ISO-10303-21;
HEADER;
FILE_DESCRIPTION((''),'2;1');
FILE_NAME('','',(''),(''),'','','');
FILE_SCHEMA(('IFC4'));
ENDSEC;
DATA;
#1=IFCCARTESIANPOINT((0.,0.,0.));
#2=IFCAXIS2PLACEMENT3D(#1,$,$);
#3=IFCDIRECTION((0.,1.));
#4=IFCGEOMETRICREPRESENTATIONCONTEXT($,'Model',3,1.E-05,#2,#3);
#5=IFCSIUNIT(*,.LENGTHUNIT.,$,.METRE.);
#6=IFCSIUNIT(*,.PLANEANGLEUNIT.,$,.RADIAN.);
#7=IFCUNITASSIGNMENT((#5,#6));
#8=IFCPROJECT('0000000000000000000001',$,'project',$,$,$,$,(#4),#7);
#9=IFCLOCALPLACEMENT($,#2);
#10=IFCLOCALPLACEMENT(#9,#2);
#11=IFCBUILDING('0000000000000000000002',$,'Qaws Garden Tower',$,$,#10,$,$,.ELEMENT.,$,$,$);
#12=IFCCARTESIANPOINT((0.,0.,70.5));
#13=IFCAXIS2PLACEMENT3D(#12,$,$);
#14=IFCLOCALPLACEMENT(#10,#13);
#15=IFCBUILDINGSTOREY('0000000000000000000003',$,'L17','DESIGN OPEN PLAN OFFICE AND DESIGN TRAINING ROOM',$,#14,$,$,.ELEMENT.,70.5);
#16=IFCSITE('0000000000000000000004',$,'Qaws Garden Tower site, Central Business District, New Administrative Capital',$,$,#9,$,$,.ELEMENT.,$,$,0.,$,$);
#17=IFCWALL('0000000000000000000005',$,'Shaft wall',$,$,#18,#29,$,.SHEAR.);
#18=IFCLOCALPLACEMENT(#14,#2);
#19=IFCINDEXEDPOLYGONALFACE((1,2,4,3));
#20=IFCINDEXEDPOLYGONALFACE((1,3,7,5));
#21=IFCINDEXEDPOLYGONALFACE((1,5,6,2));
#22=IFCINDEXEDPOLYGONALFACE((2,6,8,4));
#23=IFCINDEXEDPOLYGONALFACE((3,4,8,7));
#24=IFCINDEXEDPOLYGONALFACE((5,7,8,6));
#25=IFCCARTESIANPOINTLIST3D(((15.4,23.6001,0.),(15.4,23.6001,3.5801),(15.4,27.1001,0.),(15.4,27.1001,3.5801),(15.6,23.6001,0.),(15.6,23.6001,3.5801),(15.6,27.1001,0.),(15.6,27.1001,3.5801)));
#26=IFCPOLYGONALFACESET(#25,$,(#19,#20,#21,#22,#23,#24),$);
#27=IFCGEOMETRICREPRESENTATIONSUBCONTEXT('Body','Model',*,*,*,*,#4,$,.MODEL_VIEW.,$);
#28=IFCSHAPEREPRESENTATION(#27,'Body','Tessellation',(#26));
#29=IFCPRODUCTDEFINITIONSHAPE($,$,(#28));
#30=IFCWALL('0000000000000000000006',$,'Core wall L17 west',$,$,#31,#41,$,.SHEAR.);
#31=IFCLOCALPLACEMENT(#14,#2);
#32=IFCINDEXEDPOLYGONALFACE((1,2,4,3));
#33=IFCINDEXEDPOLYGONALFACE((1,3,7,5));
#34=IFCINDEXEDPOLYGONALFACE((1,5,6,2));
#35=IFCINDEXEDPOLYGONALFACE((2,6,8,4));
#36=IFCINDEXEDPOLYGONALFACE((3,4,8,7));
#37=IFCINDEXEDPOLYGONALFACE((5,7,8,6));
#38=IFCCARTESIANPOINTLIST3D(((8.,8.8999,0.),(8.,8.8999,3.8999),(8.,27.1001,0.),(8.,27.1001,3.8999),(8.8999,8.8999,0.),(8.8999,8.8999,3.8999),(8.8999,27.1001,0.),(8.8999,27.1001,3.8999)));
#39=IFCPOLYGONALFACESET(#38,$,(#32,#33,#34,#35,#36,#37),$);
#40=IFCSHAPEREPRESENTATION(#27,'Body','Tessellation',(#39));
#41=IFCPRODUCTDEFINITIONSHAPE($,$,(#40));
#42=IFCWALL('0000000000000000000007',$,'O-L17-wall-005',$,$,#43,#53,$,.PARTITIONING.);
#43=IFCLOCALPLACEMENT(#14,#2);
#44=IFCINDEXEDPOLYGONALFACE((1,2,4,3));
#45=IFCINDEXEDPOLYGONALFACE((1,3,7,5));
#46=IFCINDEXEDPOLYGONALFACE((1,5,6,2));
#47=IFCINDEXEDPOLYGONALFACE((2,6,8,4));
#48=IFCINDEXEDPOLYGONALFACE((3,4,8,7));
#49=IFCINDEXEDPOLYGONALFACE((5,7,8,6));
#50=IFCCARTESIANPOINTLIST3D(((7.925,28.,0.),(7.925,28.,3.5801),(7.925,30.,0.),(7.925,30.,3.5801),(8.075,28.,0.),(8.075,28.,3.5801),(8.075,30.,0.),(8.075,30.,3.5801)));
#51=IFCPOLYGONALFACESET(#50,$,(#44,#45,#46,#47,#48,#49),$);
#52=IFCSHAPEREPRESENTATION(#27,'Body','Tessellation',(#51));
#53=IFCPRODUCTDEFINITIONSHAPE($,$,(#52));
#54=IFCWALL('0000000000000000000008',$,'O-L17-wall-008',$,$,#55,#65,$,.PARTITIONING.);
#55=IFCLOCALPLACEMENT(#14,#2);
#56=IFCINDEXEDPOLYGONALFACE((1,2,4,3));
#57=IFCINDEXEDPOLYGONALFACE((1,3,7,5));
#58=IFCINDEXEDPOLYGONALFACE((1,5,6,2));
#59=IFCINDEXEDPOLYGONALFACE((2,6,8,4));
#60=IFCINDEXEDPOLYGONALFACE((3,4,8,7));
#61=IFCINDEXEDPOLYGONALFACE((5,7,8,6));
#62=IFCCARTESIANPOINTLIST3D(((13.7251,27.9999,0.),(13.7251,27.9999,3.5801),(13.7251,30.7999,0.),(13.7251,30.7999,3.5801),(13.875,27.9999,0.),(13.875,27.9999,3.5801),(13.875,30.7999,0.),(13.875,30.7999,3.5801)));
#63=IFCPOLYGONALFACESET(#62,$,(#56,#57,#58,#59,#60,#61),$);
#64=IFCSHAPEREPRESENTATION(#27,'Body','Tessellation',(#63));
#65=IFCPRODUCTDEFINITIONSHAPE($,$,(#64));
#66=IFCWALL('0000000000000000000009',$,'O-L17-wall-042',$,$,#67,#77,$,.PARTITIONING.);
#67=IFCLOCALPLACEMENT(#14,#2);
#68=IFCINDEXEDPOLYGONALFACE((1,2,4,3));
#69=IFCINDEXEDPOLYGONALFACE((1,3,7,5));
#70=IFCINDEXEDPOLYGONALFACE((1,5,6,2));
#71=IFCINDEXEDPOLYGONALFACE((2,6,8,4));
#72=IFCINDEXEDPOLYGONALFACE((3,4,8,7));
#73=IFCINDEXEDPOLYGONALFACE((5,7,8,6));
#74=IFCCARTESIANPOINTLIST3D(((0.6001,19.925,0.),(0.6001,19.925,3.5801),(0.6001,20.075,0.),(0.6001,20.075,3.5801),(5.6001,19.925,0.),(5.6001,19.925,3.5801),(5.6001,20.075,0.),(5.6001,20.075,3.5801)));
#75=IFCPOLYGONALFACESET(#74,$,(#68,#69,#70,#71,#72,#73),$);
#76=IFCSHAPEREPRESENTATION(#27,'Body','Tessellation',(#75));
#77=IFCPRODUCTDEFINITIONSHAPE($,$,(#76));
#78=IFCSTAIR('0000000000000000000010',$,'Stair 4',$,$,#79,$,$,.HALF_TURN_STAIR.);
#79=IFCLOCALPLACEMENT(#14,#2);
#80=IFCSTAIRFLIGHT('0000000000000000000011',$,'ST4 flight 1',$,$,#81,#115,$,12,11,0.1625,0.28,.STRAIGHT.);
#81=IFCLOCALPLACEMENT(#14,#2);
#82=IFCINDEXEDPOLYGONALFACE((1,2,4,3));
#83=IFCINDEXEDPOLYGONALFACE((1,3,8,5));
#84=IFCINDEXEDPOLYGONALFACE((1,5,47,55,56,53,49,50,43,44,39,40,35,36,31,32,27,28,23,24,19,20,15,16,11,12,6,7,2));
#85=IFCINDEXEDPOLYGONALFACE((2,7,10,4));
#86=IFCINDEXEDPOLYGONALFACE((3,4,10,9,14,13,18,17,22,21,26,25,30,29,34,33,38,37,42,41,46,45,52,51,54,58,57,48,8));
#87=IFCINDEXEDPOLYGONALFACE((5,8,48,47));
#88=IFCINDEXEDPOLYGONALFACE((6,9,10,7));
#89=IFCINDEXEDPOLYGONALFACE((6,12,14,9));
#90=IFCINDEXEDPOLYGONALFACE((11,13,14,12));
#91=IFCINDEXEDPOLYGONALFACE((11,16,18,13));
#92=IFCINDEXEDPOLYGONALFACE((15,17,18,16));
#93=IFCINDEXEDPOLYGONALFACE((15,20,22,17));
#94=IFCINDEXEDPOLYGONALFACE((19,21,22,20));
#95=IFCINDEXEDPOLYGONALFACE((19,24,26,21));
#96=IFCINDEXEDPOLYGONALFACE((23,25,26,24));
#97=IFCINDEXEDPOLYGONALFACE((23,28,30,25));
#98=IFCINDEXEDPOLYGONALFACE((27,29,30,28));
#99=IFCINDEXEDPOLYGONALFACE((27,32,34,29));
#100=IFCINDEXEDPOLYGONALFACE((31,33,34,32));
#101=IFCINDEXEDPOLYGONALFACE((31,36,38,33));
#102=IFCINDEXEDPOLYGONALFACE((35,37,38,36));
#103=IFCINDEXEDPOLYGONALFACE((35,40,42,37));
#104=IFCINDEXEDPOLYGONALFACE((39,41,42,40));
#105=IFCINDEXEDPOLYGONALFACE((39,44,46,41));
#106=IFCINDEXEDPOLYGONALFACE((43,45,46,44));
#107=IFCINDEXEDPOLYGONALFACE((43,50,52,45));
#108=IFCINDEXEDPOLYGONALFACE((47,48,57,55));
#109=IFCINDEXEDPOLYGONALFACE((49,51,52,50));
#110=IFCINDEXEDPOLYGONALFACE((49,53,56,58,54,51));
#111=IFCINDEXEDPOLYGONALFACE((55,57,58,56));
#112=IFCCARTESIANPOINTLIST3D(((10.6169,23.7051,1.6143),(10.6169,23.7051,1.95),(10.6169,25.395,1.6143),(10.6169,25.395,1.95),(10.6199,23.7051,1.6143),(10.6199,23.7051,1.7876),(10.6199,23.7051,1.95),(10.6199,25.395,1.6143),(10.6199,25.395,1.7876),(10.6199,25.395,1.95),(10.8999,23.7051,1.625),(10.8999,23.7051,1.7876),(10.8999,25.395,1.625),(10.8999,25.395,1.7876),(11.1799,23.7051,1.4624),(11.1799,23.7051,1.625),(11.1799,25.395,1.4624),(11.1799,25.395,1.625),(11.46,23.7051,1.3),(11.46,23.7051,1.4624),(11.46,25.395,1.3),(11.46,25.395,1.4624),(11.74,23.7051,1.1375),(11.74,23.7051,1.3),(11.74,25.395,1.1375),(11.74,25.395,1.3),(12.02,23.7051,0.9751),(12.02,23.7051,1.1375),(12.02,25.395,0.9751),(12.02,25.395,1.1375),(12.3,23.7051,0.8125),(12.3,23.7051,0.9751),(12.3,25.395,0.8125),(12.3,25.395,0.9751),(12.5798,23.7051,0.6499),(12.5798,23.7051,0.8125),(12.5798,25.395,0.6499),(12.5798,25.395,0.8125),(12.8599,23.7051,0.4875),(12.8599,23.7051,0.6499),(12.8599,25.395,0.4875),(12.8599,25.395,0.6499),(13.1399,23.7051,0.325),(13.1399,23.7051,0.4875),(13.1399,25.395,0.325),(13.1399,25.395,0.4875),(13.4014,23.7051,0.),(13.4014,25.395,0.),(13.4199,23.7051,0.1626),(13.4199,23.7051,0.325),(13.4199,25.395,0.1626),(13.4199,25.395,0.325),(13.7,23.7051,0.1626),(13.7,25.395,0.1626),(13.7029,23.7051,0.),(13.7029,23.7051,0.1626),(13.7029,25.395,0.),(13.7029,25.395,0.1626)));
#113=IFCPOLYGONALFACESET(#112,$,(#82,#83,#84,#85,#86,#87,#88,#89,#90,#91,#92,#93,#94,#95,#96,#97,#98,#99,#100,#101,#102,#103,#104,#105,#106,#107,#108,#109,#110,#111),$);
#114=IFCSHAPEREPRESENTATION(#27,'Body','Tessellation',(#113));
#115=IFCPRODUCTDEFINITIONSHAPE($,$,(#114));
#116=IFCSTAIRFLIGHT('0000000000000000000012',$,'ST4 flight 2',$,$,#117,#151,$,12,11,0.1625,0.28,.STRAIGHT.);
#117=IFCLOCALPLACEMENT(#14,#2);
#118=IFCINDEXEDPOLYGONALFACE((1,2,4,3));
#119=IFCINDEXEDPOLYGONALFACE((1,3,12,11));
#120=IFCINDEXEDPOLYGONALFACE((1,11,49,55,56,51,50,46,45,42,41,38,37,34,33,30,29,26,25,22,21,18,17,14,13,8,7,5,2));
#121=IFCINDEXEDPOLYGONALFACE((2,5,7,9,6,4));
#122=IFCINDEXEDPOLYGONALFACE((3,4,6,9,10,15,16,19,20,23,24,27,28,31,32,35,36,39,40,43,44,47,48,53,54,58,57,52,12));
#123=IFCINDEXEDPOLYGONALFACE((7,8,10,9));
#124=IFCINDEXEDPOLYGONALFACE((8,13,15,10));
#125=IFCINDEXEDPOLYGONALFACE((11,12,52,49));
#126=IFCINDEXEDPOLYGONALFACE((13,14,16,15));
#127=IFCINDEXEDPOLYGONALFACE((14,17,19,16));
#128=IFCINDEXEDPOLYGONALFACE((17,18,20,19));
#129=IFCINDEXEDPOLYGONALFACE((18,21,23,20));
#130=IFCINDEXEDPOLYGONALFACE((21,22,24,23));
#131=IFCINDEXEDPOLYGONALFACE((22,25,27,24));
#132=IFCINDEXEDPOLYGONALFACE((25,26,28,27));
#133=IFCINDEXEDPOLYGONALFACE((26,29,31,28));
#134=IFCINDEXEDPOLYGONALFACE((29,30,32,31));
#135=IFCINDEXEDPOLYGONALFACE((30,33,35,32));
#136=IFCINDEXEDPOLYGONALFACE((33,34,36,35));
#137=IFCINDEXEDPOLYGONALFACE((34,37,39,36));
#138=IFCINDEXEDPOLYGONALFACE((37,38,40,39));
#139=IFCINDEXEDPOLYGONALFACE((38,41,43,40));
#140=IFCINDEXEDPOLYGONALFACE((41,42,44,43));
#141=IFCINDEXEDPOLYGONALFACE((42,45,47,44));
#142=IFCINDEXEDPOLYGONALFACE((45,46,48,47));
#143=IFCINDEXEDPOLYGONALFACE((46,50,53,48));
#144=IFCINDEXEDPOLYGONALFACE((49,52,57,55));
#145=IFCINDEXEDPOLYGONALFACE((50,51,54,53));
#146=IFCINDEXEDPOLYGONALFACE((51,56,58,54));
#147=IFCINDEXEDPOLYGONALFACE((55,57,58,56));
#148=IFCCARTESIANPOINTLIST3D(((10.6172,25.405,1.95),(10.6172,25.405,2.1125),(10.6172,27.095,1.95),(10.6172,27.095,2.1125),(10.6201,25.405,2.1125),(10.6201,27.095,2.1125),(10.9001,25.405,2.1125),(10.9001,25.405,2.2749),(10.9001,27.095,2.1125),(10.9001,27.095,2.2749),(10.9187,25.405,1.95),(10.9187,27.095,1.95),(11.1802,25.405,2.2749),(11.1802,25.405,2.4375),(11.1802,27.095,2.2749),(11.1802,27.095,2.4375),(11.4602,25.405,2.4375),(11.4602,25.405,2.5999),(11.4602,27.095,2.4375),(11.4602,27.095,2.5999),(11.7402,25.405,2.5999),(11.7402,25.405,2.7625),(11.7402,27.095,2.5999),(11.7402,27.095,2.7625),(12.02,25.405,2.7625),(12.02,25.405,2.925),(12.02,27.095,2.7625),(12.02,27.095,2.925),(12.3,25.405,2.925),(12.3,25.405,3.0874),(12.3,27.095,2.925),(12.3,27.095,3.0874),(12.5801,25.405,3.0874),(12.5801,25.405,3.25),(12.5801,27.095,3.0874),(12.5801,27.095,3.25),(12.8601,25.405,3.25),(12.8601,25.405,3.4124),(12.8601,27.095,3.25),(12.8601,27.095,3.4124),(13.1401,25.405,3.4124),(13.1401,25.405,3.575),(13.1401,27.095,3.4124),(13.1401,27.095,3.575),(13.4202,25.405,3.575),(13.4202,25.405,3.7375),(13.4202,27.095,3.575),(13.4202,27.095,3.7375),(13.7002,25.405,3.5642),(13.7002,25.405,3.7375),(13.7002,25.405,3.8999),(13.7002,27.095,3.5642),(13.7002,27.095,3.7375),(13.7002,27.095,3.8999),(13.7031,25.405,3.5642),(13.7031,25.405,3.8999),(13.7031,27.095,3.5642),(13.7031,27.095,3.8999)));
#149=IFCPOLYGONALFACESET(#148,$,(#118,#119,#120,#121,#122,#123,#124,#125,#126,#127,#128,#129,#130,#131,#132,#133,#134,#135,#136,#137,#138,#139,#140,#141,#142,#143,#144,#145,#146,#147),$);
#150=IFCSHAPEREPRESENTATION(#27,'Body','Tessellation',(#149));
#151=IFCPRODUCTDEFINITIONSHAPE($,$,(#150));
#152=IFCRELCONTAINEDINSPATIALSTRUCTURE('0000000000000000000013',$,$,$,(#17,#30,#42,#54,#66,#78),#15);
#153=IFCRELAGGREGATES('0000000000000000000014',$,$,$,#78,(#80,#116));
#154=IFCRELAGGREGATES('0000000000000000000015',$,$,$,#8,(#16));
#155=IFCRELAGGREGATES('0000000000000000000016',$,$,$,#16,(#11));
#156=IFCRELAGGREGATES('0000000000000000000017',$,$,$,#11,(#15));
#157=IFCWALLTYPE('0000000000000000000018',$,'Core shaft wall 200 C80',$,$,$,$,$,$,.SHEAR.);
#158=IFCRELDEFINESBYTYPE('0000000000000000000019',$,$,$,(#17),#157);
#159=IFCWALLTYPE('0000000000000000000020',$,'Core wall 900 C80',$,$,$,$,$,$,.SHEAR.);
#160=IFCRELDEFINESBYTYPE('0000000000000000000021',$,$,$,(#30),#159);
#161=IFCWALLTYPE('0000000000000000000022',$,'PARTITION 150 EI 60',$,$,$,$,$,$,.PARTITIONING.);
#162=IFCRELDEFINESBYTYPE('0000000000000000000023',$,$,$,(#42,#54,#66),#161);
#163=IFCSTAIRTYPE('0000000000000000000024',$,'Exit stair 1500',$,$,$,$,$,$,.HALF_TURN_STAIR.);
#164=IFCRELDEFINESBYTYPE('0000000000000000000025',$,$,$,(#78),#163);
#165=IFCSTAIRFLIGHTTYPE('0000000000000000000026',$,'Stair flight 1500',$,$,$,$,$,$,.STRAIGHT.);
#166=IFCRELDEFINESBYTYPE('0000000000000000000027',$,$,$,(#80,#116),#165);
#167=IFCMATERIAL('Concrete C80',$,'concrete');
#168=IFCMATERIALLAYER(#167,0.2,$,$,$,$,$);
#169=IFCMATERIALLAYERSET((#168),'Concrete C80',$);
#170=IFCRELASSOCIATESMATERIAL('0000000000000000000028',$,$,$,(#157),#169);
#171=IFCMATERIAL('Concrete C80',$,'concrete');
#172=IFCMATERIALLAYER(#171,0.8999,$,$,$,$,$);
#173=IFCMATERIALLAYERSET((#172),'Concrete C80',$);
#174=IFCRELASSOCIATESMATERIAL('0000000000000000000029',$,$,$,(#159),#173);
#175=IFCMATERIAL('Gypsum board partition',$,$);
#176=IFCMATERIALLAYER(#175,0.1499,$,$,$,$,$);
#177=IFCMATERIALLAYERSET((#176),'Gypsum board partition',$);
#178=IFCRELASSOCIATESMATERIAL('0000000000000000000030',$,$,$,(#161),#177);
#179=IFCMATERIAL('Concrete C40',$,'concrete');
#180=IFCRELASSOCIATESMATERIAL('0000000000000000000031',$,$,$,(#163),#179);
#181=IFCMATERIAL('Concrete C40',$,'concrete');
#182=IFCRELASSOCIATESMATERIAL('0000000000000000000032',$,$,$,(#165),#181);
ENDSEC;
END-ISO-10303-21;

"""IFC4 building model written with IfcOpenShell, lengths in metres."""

from ifc_helpers import new_model, si_unit, direction, frame, frame_2d, origin, place, context, subcontext, project, spatial, polyline, rectangle, outline, extrude, material, layer, layer_set, type_object, element, aggregate, save


model = new_model("IFC4")

# Units and contexts
model_context = context("Model", 3, precision=1e-05, world=origin(), true_north=direction((0.0, 1.0)))
body_context = subcontext(model_context, "Body", "Model", "MODEL_VIEW")
ifc_project = project(units=[si_unit("LENGTHUNIT", "METRE"), si_unit("PLANEANGLEUNIT", "RADIAN")], contexts=[model_context])

# Site, building, storey
site_placement = place(None, origin())
site = spatial("IfcSite", under=ifc_project, at=site_placement, Name="Qaws Garden Tower site, Central Business District, New Administrative Capital", CompositionType="ELEMENT", RefElevation=0.0)
building_placement = place(site_placement, origin())
building = spatial("IfcBuilding", under=site, at=building_placement, Name="Qaws Garden Tower", CompositionType="ELEMENT")
storey_placement = place(building_placement, frame((0.0, 0.0, 70.5)))
storey = spatial("IfcBuildingStorey", under=building, at=storey_placement, Name="L17", Description="DESIGN OPEN PLAN OFFICE AND DESIGN TRAINING ROOM", CompositionType="ELEMENT", Elevation=70.5)

# Shared definitions
ifc_material_1 = material(Name="Concrete C80", Category="concrete")
ifc_layer_1 = layer(ifc_material_1, 0.2)
ifc_layer_set_1 = layer_set([ifc_layer_1], Name="Concrete C80")
wall_type_1 = type_object("IfcWallType", Name="Core shaft wall 200 C80", PredefinedType="SHEAR", material=ifc_layer_set_1)

# Walls
wall_1_placement = place(storey_placement, frame((15.5, 23.6001, 0.0), z_axis=(0.0, 0.0, 1.0), x_axis=(0.0, 1.0, 0.0)))
element("IfcWall", 1, at=wall_1_placement, inside=storey, type_object=wall_type_1, Name="Shaft wall", PredefinedType="SHEAR", context=body_context, shape_type="SweptSolid", body=[
    extrude(rectangle(XDim=3.5, YDim=0.2, at=frame_2d((1.75, 0.0))), origin(), (0.0, 0.0, 1.0), 3.5801),
])
ifc_material_2 = material(Name="Concrete C80", Category="concrete")
ifc_layer_2 = layer(ifc_material_2, 0.8999)
ifc_layer_set_2 = layer_set([ifc_layer_2], Name="Concrete C80")
wall_type_2 = type_object("IfcWallType", Name="Core wall 900 C80", PredefinedType="SHEAR", material=ifc_layer_set_2)
wall_2_placement = place(storey_placement, frame((8.45, 27.1001, 0.0), z_axis=(0.0, 0.0, 1.0), x_axis=(0.0, -1.0, 0.0)))
element("IfcWall", 2, at=wall_2_placement, inside=storey, type_object=wall_type_2, Name="Core wall L17 west", PredefinedType="SHEAR", context=body_context, shape_type="SweptSolid", body=[
    extrude(rectangle(XDim=18.2002, YDim=0.8999, at=frame_2d((9.1001, 0.0))), origin(), (0.0, 0.0, 1.0), 3.8999),
])
ifc_material_3 = material(Name="Gypsum board partition")
ifc_layer_3 = layer(ifc_material_3, 0.1499)
ifc_layer_set_3 = layer_set([ifc_layer_3], Name="Gypsum board partition")
wall_type_3 = type_object("IfcWallType", Name="PARTITION 150 EI 60", PredefinedType="PARTITIONING", material=ifc_layer_set_3)
wall_3_placement = place(storey_placement, frame((8.0, 28.0, 0.0), z_axis=(0.0, 0.0, 1.0), x_axis=(0.0, 1.0, 0.0)))
element("IfcWall", 3, at=wall_3_placement, inside=storey, type_object=wall_type_3, Name="O-L17-wall-005", PredefinedType="PARTITIONING", context=body_context, shape_type="SweptSolid", body=[
    extrude(rectangle(XDim=2.0, YDim=0.1499, at=frame_2d((1.0, 0.0))), origin(), (0.0, 0.0, 1.0), 3.5801),
])
wall_4_placement = place(storey_placement, frame((13.8, 28.0, 0.0), z_axis=(0.0, 0.0, 1.0), x_axis=(0.0, 1.0, 0.0)))
element("IfcWall", 4, at=wall_4_placement, inside=storey, type_object=wall_type_3, Name="O-L17-wall-008", PredefinedType="PARTITIONING", context=body_context, shape_type="SweptSolid", body=[
    extrude(rectangle(XDim=2.8, YDim=0.1499, at=frame_2d((1.3999, 0.0))), origin(), (0.0, 0.0, 1.0), 3.5801),
])
wall_5_placement = place(storey_placement, frame((0.6001, 20.0, 0.0), z_axis=(0.0, 0.0, 1.0), x_axis=(1.0, 0.0, 0.0)))
element("IfcWall", 5, at=wall_5_placement, inside=storey, type_object=wall_type_3, Name="O-L17-wall-042", PredefinedType="PARTITIONING", context=body_context, shape_type="SweptSolid", body=[
    extrude(rectangle(XDim=5.0, YDim=0.1499, at=frame_2d((2.5, 0.0))), origin(), (0.0, 0.0, 1.0), 3.5801),
])

# Stair, stair flights
ifc_material_4 = material(Name="Concrete C40", Category="concrete")
stair_type = type_object("IfcStairType", Name="Exit stair 1500", PredefinedType="HALF_TURN_STAIR", material=ifc_material_4)
stair_placement = place(storey_placement, origin())
stair = element("IfcStair", 6, at=stair_placement, inside=storey, type_object=stair_type, Name="Stair 4", PredefinedType="HALF_TURN_STAIR")
ifc_material_5 = material(Name="Concrete C40", Category="concrete")
stair_flight_type = type_object("IfcStairFlightType", Name="Stair flight 1500", PredefinedType="STRAIGHT", material=ifc_material_5)
stair_flight_1_placement = place(storey_placement, frame((13.7, 24.55, 0.0), z_axis=(0.0, 0.0, 1.0), x_axis=(-1.0, 0.0, 0.0)))
stair_flight_1 = element("IfcStairFlight", 7, at=stair_flight_1_placement, type_object=stair_flight_type, Name="ST4 flight 1", NumberOfRisers=12, NumberOfTreads=11, PredefinedType="STRAIGHT", RiserHeight=0.1625, TreadLength=0.28, context=body_context, shape_type="SweptSolid", body=[
    extrude(outline(polyline([(-0.0029, 0.0), (-0.0029, 0.1626), (0.0, 0.1626), (0.28, 0.1626), (0.28, 0.325), (0.5601, 0.325), (0.5601, 0.4875), (0.8401, 0.4875), (0.8401, 0.6499), (1.1201, 0.6499), (1.1201, 0.8125), (1.3999, 0.8125), (1.3999, 0.9751), (1.6799, 0.9751), (1.6799, 1.1375), (1.96, 1.1375), (1.96, 1.3), (2.24, 1.3), (2.24, 1.4624), (2.52, 1.4624), (2.52, 1.625), (2.8, 1.625), (2.8, 1.7876), (3.0801, 1.7876), (3.0801, 1.95), (3.083, 1.95), (3.083, 1.6143), (3.0801, 1.6143), (0.2986, 0.0), (-0.0029, 0.0)])), frame((0.0, 0.845, 0.0), z_axis=(0.0, -1.0, 0.0), x_axis=(1.0, 0.0, 0.0)), (0.0, 0.0, 1.0), 1.6899),
])
stair_flight_2_placement = place(storey_placement, frame((10.6201, 26.25, 1.95), z_axis=(0.0, 0.0, 1.0), x_axis=(1.0, 0.0, 0.0)))
stair_flight_2 = element("IfcStairFlight", 8, at=stair_flight_2_placement, type_object=stair_flight_type, Name="ST4 flight 2", NumberOfRisers=12, NumberOfTreads=11, PredefinedType="STRAIGHT", RiserHeight=0.1625, TreadLength=0.28, context=body_context, shape_type="SweptSolid", body=[
    extrude(outline(polyline([(-0.0029, 0.0), (-0.0029, 0.1626), (0.0, 0.1626), (0.28, 0.1626), (0.28, 0.325), (0.5601, 0.325), (0.5601, 0.4875), (0.8401, 0.4875), (0.8401, 0.6499), (1.1201, 0.6499), (1.1201, 0.8125), (1.3999, 0.8125), (1.3999, 0.9751), (1.6799, 0.9751), (1.6799, 1.1375), (1.96, 1.1375), (1.96, 1.3), (2.24, 1.3), (2.24, 1.4624), (2.52, 1.4624), (2.52, 1.625), (2.8, 1.625), (2.8, 1.7876), (3.0801, 1.7876), (3.0801, 1.95), (3.083, 1.95), (3.083, 1.6143), (3.0801, 1.6143), (0.2986, 0.0), (-0.0029, 0.0)])), frame((0.0, 0.845, 0.0), z_axis=(0.0, -1.0, 0.0), x_axis=(1.0, 0.0, 0.0)), (0.0, 0.0, 1.0), 1.6899),
])
aggregate(stair, [stair_flight_1, stair_flight_2])

save(model, "model.ifc")
